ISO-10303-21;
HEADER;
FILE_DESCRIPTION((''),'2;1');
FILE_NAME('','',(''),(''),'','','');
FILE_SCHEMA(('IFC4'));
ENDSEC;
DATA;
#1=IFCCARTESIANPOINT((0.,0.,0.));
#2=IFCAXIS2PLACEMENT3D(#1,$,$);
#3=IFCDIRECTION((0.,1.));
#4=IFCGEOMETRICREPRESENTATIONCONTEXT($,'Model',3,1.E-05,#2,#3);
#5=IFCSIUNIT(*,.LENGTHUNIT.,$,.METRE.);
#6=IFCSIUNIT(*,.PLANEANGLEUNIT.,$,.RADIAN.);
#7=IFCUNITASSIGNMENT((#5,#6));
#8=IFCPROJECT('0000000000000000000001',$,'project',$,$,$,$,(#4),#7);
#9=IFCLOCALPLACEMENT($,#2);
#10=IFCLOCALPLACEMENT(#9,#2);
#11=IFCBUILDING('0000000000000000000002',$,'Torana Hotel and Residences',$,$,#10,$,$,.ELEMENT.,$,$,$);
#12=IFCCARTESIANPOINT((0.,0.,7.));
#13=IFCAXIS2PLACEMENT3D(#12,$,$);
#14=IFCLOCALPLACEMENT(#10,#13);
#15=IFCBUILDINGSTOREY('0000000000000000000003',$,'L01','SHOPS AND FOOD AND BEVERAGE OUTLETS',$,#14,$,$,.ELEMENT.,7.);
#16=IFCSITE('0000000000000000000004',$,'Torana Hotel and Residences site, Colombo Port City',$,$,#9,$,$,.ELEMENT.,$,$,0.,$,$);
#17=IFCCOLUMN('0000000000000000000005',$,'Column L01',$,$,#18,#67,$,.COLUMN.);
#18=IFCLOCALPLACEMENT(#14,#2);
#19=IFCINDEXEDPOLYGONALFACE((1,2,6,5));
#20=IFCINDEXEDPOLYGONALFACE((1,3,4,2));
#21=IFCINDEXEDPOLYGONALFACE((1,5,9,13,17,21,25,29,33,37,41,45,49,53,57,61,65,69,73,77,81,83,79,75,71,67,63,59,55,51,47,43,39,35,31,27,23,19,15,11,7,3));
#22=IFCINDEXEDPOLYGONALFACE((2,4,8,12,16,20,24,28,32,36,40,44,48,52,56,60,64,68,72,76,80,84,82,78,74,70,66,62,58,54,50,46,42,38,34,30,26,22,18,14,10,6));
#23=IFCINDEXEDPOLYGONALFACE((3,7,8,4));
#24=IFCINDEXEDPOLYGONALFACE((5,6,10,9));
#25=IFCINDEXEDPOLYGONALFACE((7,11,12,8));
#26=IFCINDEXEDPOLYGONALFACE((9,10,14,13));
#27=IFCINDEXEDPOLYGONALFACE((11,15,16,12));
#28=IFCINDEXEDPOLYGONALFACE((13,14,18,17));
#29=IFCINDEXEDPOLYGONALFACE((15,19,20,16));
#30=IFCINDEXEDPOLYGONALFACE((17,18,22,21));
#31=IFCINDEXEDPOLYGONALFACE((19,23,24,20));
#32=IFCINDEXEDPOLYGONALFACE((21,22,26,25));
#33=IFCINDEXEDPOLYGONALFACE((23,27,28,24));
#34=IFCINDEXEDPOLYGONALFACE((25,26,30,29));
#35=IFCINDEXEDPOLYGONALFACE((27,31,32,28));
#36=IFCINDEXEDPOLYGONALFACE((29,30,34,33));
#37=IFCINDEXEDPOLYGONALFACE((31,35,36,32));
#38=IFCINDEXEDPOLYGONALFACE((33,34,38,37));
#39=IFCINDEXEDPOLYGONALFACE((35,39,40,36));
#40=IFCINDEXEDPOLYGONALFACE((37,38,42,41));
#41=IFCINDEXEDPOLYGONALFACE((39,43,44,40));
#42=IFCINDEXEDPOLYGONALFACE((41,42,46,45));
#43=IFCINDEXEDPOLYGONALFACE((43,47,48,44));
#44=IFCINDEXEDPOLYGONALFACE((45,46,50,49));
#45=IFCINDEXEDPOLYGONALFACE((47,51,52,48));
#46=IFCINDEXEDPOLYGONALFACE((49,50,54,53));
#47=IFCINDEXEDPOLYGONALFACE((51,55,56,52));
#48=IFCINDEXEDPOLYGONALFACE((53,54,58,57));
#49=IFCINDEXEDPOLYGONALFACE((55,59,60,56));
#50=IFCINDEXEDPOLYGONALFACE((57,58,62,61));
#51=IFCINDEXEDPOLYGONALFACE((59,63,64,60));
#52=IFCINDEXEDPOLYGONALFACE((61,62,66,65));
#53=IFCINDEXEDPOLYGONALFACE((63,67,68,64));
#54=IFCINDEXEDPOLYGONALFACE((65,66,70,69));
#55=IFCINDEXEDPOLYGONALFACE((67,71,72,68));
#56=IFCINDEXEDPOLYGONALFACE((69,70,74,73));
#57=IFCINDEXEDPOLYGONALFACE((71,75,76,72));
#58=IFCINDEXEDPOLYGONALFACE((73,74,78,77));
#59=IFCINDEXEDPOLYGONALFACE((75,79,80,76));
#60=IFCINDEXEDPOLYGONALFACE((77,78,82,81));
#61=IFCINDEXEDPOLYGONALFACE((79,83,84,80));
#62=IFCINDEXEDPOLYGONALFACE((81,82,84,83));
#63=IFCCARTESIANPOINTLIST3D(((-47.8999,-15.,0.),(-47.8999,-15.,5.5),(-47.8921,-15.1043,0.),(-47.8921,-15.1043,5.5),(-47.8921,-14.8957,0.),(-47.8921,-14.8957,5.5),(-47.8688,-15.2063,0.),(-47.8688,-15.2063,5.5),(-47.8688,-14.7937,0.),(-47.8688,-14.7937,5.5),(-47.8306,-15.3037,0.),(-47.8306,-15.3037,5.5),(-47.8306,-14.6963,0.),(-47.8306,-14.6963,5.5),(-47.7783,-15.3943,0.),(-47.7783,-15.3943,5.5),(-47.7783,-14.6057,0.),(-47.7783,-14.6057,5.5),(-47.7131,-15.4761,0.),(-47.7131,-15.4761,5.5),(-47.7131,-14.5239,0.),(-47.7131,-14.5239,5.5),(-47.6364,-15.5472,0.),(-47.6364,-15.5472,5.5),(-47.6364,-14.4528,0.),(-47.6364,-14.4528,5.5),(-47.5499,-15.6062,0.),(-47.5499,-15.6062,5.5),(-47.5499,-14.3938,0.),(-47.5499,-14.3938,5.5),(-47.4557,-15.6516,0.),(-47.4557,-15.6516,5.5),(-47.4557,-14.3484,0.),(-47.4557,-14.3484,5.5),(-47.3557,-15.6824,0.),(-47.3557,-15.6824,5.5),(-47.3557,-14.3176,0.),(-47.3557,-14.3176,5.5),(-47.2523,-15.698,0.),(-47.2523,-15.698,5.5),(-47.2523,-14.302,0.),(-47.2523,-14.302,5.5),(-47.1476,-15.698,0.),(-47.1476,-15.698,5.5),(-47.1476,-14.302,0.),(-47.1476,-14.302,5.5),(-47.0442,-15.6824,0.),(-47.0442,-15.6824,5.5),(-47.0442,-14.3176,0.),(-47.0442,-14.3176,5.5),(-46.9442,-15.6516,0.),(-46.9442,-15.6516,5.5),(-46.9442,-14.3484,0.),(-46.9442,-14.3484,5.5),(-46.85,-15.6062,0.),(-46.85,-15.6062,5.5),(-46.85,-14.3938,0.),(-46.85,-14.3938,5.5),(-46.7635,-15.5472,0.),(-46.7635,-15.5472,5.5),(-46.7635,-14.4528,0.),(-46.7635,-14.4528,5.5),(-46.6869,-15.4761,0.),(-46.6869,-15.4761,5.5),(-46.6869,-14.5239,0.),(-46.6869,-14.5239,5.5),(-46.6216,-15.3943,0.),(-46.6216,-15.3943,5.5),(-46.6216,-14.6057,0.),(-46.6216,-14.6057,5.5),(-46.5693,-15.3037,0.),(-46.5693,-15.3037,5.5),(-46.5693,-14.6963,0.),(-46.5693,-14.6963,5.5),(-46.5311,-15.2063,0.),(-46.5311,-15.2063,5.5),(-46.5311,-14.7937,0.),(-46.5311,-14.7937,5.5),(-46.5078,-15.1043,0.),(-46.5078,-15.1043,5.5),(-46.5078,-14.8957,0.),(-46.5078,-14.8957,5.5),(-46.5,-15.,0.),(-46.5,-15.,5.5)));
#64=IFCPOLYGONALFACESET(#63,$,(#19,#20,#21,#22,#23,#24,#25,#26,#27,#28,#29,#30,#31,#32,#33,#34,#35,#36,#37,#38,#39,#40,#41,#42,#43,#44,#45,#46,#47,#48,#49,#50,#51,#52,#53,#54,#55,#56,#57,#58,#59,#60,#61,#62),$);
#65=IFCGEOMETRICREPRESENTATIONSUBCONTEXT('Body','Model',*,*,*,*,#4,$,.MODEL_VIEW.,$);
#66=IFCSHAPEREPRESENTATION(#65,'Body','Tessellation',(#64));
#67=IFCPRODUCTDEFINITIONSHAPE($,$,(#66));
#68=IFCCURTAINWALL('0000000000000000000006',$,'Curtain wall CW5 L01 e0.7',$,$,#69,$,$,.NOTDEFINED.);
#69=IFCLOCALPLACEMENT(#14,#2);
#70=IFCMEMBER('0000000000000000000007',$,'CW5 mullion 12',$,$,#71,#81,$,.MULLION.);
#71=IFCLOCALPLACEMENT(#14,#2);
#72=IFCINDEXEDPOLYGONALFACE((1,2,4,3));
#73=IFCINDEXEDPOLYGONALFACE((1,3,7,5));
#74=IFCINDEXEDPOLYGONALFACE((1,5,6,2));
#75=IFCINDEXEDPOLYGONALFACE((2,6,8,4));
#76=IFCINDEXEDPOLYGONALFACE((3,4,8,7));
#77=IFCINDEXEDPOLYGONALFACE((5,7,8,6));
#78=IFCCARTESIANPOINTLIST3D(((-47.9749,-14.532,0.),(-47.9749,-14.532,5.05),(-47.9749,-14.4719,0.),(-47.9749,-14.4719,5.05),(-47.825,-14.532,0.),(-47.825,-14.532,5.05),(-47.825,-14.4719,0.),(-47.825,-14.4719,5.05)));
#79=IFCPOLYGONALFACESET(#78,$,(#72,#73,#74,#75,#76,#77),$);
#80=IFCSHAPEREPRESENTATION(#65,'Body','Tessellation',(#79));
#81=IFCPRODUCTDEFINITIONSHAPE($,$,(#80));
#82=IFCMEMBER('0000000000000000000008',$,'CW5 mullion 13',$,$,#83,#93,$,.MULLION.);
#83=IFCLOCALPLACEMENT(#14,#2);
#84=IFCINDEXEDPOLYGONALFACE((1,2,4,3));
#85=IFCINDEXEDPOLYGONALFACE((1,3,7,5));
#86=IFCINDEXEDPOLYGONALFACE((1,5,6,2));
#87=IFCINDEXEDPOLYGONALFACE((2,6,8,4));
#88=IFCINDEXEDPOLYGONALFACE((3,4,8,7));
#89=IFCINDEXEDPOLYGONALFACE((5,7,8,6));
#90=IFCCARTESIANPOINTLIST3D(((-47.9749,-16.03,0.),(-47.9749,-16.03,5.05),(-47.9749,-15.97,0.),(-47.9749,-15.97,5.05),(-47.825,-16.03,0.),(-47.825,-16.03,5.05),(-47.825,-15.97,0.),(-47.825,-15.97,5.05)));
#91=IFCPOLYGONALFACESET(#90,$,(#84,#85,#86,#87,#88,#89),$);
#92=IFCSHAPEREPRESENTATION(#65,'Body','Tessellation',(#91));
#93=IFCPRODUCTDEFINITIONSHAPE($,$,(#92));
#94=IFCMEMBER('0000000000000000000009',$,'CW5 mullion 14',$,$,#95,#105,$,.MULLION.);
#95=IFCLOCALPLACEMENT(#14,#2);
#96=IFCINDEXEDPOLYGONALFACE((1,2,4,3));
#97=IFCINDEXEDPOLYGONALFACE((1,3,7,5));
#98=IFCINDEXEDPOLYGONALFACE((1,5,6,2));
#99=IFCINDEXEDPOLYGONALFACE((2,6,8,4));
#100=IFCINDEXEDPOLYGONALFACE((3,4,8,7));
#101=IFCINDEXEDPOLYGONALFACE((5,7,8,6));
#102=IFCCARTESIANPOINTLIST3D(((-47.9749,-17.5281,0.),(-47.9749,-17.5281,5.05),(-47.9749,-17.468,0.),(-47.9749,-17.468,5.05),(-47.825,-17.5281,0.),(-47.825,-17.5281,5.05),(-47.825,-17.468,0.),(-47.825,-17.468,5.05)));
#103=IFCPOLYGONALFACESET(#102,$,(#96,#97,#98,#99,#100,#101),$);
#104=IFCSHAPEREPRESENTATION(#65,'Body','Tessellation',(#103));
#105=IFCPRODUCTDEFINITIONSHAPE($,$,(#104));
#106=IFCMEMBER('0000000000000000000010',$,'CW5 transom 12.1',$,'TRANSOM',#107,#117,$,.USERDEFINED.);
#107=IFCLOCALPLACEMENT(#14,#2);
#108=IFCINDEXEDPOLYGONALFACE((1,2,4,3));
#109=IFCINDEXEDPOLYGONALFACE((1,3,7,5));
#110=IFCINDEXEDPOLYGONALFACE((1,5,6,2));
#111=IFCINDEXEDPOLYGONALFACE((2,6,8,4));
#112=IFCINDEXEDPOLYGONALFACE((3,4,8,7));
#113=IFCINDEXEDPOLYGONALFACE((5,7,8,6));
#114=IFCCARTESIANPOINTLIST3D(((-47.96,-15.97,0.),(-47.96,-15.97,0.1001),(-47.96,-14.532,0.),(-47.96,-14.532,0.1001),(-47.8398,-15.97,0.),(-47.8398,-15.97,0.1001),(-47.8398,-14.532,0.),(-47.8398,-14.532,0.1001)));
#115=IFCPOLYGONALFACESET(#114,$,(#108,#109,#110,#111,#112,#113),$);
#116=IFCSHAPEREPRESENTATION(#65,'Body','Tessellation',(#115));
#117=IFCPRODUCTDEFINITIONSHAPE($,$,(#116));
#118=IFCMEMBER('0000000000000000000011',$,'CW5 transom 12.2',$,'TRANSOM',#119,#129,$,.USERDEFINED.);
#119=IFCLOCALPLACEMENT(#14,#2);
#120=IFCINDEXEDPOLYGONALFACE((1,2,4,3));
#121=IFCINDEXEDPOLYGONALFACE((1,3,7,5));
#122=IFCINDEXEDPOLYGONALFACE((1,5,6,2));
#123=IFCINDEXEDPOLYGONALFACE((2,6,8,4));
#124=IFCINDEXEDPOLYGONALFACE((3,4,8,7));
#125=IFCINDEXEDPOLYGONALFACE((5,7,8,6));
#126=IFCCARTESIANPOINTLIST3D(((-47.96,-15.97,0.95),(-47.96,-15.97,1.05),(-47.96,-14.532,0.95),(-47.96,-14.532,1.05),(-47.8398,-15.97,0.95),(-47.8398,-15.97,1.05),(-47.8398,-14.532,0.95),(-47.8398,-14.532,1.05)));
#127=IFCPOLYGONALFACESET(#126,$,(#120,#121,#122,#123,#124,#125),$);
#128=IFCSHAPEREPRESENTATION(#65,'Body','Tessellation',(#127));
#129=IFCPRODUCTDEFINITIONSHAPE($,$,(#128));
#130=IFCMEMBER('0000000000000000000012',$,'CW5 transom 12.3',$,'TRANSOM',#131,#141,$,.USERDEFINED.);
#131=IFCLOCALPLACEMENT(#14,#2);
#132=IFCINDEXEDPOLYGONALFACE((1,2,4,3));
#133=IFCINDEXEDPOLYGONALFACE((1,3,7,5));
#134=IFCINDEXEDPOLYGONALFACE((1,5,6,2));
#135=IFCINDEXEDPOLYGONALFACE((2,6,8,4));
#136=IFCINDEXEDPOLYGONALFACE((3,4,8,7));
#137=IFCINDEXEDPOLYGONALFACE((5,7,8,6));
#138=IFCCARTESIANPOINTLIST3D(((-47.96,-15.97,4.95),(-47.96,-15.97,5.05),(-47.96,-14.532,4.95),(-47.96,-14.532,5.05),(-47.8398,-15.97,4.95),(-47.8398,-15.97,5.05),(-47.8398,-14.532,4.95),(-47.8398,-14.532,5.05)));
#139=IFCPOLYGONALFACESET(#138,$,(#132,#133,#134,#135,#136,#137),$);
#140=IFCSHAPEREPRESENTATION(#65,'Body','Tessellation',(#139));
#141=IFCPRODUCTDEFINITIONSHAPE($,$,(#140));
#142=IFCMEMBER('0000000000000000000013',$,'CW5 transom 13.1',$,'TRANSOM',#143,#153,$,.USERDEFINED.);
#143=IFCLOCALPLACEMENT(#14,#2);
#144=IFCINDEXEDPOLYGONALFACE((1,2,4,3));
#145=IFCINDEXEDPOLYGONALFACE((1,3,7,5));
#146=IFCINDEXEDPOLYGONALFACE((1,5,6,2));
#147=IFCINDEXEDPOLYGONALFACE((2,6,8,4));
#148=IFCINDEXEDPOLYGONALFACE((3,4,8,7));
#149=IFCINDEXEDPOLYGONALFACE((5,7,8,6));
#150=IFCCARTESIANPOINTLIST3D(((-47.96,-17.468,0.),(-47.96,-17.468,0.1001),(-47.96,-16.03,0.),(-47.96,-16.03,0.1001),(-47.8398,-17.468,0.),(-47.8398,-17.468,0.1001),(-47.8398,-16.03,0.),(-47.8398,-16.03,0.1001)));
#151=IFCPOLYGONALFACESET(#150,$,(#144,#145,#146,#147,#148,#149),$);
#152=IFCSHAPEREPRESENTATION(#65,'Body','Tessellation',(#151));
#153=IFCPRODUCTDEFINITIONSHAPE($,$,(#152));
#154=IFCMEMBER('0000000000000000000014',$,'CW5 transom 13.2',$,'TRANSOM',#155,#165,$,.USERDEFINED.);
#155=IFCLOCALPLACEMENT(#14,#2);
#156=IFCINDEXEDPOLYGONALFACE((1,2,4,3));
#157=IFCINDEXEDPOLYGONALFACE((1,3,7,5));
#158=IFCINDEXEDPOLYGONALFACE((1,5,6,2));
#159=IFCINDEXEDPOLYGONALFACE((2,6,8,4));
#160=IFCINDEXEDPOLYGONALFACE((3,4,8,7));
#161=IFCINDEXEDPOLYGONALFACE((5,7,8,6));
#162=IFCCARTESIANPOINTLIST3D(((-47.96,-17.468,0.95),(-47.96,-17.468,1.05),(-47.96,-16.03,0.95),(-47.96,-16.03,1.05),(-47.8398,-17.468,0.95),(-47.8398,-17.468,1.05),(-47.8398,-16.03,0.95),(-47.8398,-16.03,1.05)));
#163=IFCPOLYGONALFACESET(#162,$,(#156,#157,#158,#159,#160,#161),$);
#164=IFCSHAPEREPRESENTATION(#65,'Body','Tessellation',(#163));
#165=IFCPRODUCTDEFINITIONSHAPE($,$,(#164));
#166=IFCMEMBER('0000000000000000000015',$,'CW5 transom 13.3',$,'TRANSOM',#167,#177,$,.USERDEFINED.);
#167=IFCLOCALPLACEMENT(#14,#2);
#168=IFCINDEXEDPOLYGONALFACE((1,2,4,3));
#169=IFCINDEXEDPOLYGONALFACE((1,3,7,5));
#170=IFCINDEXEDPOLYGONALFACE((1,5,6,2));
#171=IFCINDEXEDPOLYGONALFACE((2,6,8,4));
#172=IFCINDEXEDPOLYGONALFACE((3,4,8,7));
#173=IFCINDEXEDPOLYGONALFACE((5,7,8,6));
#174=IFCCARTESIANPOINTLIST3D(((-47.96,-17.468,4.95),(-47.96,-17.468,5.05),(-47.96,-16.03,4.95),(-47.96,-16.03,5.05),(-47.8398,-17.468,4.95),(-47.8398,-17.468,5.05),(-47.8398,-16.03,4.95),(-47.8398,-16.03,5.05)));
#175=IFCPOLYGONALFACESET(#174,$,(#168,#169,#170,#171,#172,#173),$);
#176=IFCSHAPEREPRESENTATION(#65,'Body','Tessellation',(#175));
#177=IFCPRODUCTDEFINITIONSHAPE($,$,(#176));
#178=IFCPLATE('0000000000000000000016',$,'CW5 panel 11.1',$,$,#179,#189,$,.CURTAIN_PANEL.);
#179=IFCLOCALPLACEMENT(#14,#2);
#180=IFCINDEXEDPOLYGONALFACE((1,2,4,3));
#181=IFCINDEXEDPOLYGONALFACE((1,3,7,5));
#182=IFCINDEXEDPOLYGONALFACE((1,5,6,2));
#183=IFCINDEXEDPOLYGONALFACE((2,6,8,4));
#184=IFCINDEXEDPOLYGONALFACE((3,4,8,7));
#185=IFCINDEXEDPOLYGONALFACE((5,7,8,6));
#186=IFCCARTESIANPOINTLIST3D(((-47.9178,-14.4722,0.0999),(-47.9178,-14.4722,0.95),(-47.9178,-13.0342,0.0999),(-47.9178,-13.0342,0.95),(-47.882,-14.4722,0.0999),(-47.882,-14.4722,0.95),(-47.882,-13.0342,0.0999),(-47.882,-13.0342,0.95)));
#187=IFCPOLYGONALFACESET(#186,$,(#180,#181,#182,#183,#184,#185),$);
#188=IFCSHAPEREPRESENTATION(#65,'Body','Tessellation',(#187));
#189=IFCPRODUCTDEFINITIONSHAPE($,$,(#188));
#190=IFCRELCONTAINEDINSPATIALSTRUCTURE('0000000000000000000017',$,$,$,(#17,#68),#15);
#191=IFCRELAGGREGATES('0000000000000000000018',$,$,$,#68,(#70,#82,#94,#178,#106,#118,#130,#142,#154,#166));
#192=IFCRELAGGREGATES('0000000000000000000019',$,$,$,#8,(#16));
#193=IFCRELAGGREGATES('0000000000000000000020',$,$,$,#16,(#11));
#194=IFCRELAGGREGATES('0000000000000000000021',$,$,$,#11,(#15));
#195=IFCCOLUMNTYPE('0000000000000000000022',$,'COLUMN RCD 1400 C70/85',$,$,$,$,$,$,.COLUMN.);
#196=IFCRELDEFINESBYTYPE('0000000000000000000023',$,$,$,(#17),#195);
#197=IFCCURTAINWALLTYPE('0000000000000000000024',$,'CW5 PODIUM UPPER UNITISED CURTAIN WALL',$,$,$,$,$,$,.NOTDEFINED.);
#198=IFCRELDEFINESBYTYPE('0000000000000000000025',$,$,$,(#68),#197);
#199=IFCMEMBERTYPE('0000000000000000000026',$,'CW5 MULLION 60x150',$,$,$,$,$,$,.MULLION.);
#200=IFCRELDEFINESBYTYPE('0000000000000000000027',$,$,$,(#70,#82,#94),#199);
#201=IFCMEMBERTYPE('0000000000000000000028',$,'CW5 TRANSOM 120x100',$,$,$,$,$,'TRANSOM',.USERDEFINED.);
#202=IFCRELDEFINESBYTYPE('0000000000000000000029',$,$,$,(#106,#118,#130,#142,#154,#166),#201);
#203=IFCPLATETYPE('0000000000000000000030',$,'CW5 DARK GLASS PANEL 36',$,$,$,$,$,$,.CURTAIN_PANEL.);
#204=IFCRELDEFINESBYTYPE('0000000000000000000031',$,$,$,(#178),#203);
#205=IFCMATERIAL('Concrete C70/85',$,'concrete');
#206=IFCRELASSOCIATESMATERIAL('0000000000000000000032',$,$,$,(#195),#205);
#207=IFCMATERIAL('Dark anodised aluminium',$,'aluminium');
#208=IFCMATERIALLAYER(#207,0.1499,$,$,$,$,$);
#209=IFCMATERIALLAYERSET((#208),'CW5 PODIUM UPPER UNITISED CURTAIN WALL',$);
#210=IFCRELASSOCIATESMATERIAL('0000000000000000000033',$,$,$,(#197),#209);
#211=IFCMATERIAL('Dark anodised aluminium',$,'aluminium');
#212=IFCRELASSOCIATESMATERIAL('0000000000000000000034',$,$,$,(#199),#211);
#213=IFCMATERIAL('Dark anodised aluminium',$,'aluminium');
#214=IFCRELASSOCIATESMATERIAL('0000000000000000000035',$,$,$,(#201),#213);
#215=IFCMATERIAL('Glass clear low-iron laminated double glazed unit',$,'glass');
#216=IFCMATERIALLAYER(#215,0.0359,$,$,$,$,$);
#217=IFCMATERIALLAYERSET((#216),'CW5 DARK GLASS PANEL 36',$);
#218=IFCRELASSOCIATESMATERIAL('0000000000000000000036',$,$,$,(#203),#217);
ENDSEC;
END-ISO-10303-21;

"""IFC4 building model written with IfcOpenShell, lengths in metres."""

from ifc_helpers import new_model, si_unit, direction, frame, origin, origin_2d, place, context, subcontext, project, spatial, rectangle, circle, extrude, material, layer, layer_set, material_profile, profile_set, type_object, element, aggregate, save


model = new_model("IFC4")

# Units and contexts
model_context = context("Model", 3, precision=1e-05, world=origin(), true_north=direction((0.0, 1.0)))
body_context = subcontext(model_context, "Body", "Model", "MODEL_VIEW")
ifc_project = project(units=[si_unit("LENGTHUNIT", "METRE"), si_unit("PLANEANGLEUNIT", "RADIAN")], contexts=[model_context])

# Site, building, storey
site_placement = place(None, origin())
site = spatial("IfcSite", under=ifc_project, at=site_placement, Name="Torana Hotel and Residences site, Colombo Port City", CompositionType="ELEMENT", RefElevation=0.0)
building_placement = place(site_placement, origin())
building = spatial("IfcBuilding", under=site, at=building_placement, Name="Torana Hotel and Residences", CompositionType="ELEMENT")
storey_placement = place(building_placement, frame((0.0, 0.0, 7.0)))
storey = spatial("IfcBuildingStorey", under=building, at=storey_placement, Name="L01", Description="SHOPS AND FOOD AND BEVERAGE OUTLETS", CompositionType="ELEMENT", Elevation=7.0)

# Column
ifc_material_1 = material(Name="Concrete C70/85", Category="concrete")
ifc_material_profile_1 = material_profile(ifc_material_1, circle(Radius=0.7, at=origin_2d()), Name="RCD 1400")
ifc_profile_set_1 = profile_set([ifc_material_profile_1], Name="Concrete C70/85")
column_type = type_object("IfcColumnType", Name="COLUMN RCD 1400 C70/85", PredefinedType="COLUMN", material=ifc_profile_set_1)
column_placement = place(storey_placement, frame((-47.2, -15.0, 0.0), z_axis=(0.0, 0.0, 1.0), x_axis=(1.0, 0.0, 0.0)))
element("IfcColumn", 1, at=column_placement, inside=storey, type_object=column_type, Name="Column L01", PredefinedType="COLUMN", context=body_context, shape_type="SweptSolid", body=[
    extrude(circle(Radius=0.7, at=origin_2d()), origin(), (0.0, 0.0, 1.0), 5.5),
])

# Curtain wall, members, plate
ifc_material_2 = material(Name="Dark anodised aluminium", Category="aluminium")
ifc_layer_1 = layer(ifc_material_2, 0.1499)
ifc_layer_set_1 = layer_set([ifc_layer_1], Name="CW5 PODIUM UPPER UNITISED CURTAIN WALL")
curtain_wall_type = type_object("IfcCurtainWallType", Name="CW5 PODIUM UPPER UNITISED CURTAIN WALL", PredefinedType="NOTDEFINED", material=ifc_layer_set_1)
curtain_wall_placement = place(storey_placement, origin())
curtain_wall = element("IfcCurtainWall", 2, at=curtain_wall_placement, inside=storey, type_object=curtain_wall_type, Name="Curtain wall CW5 L01 e0.7", PredefinedType="NOTDEFINED")
ifc_material_3 = material(Name="Dark anodised aluminium", Category="aluminium")
ifc_material_profile_2 = material_profile(ifc_material_3, rectangle(XDim=0.1499, YDim=0.0601, at=origin_2d()), Name="CW5 MULLION 60x150")
ifc_profile_set_2 = profile_set([ifc_material_profile_2], Name="Dark anodised aluminium")
member_type_1 = type_object("IfcMemberType", Name="CW5 MULLION 60x150", PredefinedType="MULLION", material=ifc_profile_set_2)
member_1_placement = place(storey_placement, frame((-47.8999, -14.502, 0.0), z_axis=(0.0, 0.0, 1.0), x_axis=(1.0, 0.0, 0.0)))
member_1 = element("IfcMember", 3, at=member_1_placement, type_object=member_type_1, Name="CW5 mullion 12", PredefinedType="MULLION", context=body_context, shape_type="SweptSolid", body=[
    extrude(rectangle(XDim=0.1499, YDim=0.0601, at=origin_2d()), origin(), (0.0, 0.0, 1.0), 5.05),
])
member_2_placement = place(storey_placement, frame((-47.8999, -16.0, 0.0), z_axis=(0.0, 0.0, 1.0), x_axis=(1.0, 0.0, 0.0)))
member_2 = element("IfcMember", 4, at=member_2_placement, type_object=member_type_1, Name="CW5 mullion 13", PredefinedType="MULLION", context=body_context, shape_type="SweptSolid", body=[
    extrude(rectangle(XDim=0.1499, YDim=0.0601, at=origin_2d()), origin(), (0.0, 0.0, 1.0), 5.05),
])
member_3_placement = place(storey_placement, frame((-47.8999, -17.498, 0.0), z_axis=(0.0, 0.0, 1.0), x_axis=(1.0, 0.0, 0.0)))
member_3 = element("IfcMember", 5, at=member_3_placement, type_object=member_type_1, Name="CW5 mullion 14", PredefinedType="MULLION", context=body_context, shape_type="SweptSolid", body=[
    extrude(rectangle(XDim=0.1499, YDim=0.0601, at=origin_2d()), origin(), (0.0, 0.0, 1.0), 5.05),
])
ifc_material_4 = material(Name="Dark anodised aluminium", Category="aluminium")
ifc_material_profile_3 = material_profile(ifc_material_4, rectangle(XDim=0.1201, YDim=0.1001, at=origin_2d()), Name="CW5 TRANSOM 120x100")
ifc_profile_set_3 = profile_set([ifc_material_profile_3], Name="Dark anodised aluminium")
member_type_2 = type_object("IfcMemberType", Name="CW5 TRANSOM 120x100", ElementType="TRANSOM", PredefinedType="USERDEFINED", material=ifc_profile_set_3)
member_4_placement = place(storey_placement, frame((-47.8999, -14.532, 0.05), z_axis=(0.0, -1.0, 0.0), x_axis=(1.0, 0.0, 0.0)))
member_4 = element("IfcMember", 6, at=member_4_placement, type_object=member_type_2, Name="CW5 transom 12.1", ObjectType="TRANSOM", PredefinedType="USERDEFINED", context=body_context, shape_type="SweptSolid", body=[
    extrude(rectangle(XDim=0.1201, YDim=0.1001, at=origin_2d()), origin(), (0.0, 0.0, 1.0), 1.438),
])
member_5_placement = place(storey_placement, frame((-47.8999, -14.532, 1.0), z_axis=(0.0, -1.0, 0.0), x_axis=(1.0, 0.0, 0.0)))
member_5 = element("IfcMember", 7, at=member_5_placement, type_object=member_type_2, Name="CW5 transom 12.2", ObjectType="TRANSOM", PredefinedType="USERDEFINED", context=body_context, shape_type="SweptSolid", body=[
    extrude(rectangle(XDim=0.1201, YDim=0.1001, at=origin_2d()), origin(), (0.0, 0.0, 1.0), 1.438),
])
member_6_placement = place(storey_placement, frame((-47.8999, -14.532, 5.0), z_axis=(0.0, -1.0, 0.0), x_axis=(1.0, 0.0, 0.0)))
member_6 = element("IfcMember", 8, at=member_6_placement, type_object=member_type_2, Name="CW5 transom 12.3", ObjectType="TRANSOM", PredefinedType="USERDEFINED", context=body_context, shape_type="SweptSolid", body=[
    extrude(rectangle(XDim=0.1201, YDim=0.1001, at=origin_2d()), origin(), (0.0, 0.0, 1.0), 1.438),
])
member_7_placement = place(storey_placement, frame((-47.8999, -16.03, 0.05), z_axis=(0.0, -1.0, 0.0), x_axis=(1.0, 0.0, 0.0)))
member_7 = element("IfcMember", 9, at=member_7_placement, type_object=member_type_2, Name="CW5 transom 13.1", ObjectType="TRANSOM", PredefinedType="USERDEFINED", context=body_context, shape_type="SweptSolid", body=[
    extrude(rectangle(XDim=0.1201, YDim=0.1001, at=origin_2d()), origin(), (0.0, 0.0, 1.0), 1.438),
])
member_8_placement = place(storey_placement, frame((-47.8999, -16.03, 1.0), z_axis=(0.0, -1.0, 0.0), x_axis=(1.0, 0.0, 0.0)))
member_8 = element("IfcMember", 10, at=member_8_placement, type_object=member_type_2, Name="CW5 transom 13.2", ObjectType="TRANSOM", PredefinedType="USERDEFINED", context=body_context, shape_type="SweptSolid", body=[
    extrude(rectangle(XDim=0.1201, YDim=0.1001, at=origin_2d()), origin(), (0.0, 0.0, 1.0), 1.438),
])
member_9_placement = place(storey_placement, frame((-47.8999, -16.03, 5.0), z_axis=(0.0, -1.0, 0.0), x_axis=(1.0, 0.0, 0.0)))
member_9 = element("IfcMember", 11, at=member_9_placement, type_object=member_type_2, Name="CW5 transom 13.3", ObjectType="TRANSOM", PredefinedType="USERDEFINED", context=body_context, shape_type="SweptSolid", body=[
    extrude(rectangle(XDim=0.1201, YDim=0.1001, at=origin_2d()), origin(), (0.0, 0.0, 1.0), 1.438),
])
ifc_material_5 = material(Name="Glass clear low-iron laminated double glazed unit", Category="glass")
ifc_layer_2 = layer(ifc_material_5, 0.0359)
ifc_layer_set_2 = layer_set([ifc_layer_2], Name="CW5 DARK GLASS PANEL 36")
plate_type = type_object("IfcPlateType", Name="CW5 DARK GLASS PANEL 36", PredefinedType="CURTAIN_PANEL", material=ifc_layer_set_2)
plate_1_placement = place(storey_placement, frame((-47.8999, -13.7532, 0.0999), z_axis=(0.0, 0.0, 1.0), x_axis=(0.0, -1.0, 0.0)))
plate_1 = element("IfcPlate", 12, at=plate_1_placement, type_object=plate_type, Name="CW5 panel 11.1", PredefinedType="CURTAIN_PANEL", context=body_context, shape_type="SweptSolid", body=[
    extrude(rectangle(XDim=1.438, YDim=0.0359, at=origin_2d()), origin(), (0.0, 0.0, 1.0), 0.8501),
])
aggregate(curtain_wall, [member_1, member_2, member_3, plate_1, member_4, member_5, member_6, member_7, member_8, member_9])

save(model, "model.ifc")
